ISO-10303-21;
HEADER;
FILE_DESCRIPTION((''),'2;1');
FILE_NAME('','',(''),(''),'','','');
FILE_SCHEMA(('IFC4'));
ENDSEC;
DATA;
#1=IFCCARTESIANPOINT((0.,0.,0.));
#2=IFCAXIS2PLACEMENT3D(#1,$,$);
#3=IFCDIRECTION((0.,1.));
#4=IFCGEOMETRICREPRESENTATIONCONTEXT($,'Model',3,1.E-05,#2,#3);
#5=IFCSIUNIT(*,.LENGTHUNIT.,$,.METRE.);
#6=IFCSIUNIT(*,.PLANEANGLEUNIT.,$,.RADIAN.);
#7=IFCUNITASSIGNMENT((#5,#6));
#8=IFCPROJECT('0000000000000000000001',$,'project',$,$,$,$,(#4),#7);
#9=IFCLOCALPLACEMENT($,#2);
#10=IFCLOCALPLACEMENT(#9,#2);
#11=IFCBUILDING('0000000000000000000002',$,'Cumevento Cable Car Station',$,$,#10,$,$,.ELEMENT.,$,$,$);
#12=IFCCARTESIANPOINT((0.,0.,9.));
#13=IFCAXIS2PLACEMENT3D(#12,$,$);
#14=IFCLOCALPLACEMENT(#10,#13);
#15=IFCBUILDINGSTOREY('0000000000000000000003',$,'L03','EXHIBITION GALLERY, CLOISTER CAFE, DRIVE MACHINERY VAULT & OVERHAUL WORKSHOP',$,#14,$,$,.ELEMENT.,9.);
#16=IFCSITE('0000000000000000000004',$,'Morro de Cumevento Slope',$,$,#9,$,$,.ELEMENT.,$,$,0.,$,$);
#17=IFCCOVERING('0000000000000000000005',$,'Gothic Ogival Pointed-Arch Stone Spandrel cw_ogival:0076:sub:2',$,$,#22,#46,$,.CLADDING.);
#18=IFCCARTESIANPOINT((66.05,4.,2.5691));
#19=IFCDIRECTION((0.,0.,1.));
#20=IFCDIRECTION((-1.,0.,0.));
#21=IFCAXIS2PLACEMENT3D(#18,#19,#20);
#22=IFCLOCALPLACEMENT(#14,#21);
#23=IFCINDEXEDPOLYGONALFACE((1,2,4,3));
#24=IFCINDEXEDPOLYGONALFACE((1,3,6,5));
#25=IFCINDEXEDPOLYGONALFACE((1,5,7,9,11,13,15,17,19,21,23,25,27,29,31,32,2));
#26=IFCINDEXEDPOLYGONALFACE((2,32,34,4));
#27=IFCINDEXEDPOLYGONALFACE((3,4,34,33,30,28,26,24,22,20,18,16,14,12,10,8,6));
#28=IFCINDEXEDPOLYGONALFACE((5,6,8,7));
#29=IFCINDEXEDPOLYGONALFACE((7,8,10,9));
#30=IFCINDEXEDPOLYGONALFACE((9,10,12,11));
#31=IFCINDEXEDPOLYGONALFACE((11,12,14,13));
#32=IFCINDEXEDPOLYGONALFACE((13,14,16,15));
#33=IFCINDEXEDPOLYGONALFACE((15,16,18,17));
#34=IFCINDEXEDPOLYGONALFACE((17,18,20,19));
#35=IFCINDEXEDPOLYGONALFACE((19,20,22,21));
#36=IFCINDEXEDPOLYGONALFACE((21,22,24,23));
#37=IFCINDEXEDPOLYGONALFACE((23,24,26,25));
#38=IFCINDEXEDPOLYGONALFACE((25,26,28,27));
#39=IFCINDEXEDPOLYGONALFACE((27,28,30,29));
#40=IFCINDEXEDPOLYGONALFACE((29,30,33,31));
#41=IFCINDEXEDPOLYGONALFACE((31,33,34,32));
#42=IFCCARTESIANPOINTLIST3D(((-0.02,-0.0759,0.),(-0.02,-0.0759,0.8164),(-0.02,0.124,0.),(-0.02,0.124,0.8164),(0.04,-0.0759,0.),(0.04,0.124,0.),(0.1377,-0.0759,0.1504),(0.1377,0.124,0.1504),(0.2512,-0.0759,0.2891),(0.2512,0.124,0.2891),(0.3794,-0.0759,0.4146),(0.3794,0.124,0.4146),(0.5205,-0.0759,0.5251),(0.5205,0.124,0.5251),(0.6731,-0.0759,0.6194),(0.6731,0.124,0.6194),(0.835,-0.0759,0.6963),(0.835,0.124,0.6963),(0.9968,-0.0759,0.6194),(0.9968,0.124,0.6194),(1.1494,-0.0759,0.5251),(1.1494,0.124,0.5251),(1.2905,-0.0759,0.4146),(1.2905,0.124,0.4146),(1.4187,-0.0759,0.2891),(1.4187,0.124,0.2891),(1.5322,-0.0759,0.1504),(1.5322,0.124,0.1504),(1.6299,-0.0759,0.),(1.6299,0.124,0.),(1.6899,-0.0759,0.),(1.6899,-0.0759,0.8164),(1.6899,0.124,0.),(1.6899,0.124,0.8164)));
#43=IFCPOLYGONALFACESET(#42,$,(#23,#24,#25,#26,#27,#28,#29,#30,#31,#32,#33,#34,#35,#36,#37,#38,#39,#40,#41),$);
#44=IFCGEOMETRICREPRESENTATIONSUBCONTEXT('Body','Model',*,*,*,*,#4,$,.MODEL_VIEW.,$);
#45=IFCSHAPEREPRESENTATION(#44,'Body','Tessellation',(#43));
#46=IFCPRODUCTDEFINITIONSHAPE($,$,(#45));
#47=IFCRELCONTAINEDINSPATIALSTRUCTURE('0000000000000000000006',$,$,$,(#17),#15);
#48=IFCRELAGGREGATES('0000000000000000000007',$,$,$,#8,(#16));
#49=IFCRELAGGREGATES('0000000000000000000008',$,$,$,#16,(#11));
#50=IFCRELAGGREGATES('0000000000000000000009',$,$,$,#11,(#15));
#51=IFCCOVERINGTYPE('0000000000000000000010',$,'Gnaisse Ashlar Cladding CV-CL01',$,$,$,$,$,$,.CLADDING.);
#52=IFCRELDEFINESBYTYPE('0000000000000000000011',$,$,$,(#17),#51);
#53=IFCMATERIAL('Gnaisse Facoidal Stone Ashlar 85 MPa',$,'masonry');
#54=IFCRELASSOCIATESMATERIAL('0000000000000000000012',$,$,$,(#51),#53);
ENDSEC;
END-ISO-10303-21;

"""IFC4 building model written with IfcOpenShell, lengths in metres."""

from ifc_helpers import new_model, si_unit, direction, frame, origin, place, context, subcontext, project, spatial, polyline, outline, extrude, material, type_object, element, save


model = new_model("IFC4")

# Units and contexts
model_context = context("Model", 3, precision=1e-05, world=origin(), true_north=direction((0.0, 1.0)))
body_context = subcontext(model_context, "Body", "Model", "MODEL_VIEW")
ifc_project = project(units=[si_unit("LENGTHUNIT", "METRE"), si_unit("PLANEANGLEUNIT", "RADIAN")], contexts=[model_context])

# Site, building, storey
site_placement = place(None, origin())
site = spatial("IfcSite", under=ifc_project, at=site_placement, Name="Morro de Cumevento Slope", CompositionType="ELEMENT", RefElevation=0.0)
building_placement = place(site_placement, origin())
building = spatial("IfcBuilding", under=site, at=building_placement, Name="Cumevento Cable Car Station", CompositionType="ELEMENT")
storey_placement = place(building_placement, frame((0.0, 0.0, 9.0)))
storey = spatial("IfcBuildingStorey", under=building, at=storey_placement, Name="L03", Description="EXHIBITION GALLERY, CLOISTER CAFE, DRIVE MACHINERY VAULT & OVERHAUL WORKSHOP", CompositionType="ELEMENT", Elevation=9.0)

# Covering
ifc_material_1 = material(Name="Gnaisse Facoidal Stone Ashlar 85 MPa", Category="masonry")
covering_type = type_object("IfcCoveringType", Name="Gnaisse Ashlar Cladding CV-CL01", PredefinedType="CLADDING", material=ifc_material_1)
covering_1_placement = place(storey_placement, frame((66.05, 4.0, 2.5691), z_axis=(0.0, 0.0, 1.0), x_axis=(-1.0, 0.0, 0.0)))
element("IfcCovering", 1, at=covering_1_placement, inside=storey, type_object=covering_type, Name="Gothic Ogival Pointed-Arch Stone Spandrel cw_ogival:0076:sub:2", PredefinedType="CLADDING", context=body_context, shape_type="SweptSolid", body=[
    extrude(outline(polyline([(-0.02, 0.0), (-0.02, 0.8164), (1.6899, 0.8164), (1.6899, 0.0), (1.6299, 0.0), (1.5322, 0.1504), (1.4187, 0.2891), (1.2905, 0.4146), (1.1494, 0.5251), (0.9968, 0.6194), (0.835, 0.6963), (0.6731, 0.6194), (0.5205, 0.5251), (0.3794, 0.4146), (0.2512, 0.2891), (0.1377, 0.1504), (0.04, 0.0), (-0.02, 0.0)])), frame((0.0, 0.124, 0.0), z_axis=(0.0, -1.0, 0.0), x_axis=(1.0, 0.0, 0.0)), (0.0, 0.0, 1.0), 0.2),
])

save(model, "model.ifc")
